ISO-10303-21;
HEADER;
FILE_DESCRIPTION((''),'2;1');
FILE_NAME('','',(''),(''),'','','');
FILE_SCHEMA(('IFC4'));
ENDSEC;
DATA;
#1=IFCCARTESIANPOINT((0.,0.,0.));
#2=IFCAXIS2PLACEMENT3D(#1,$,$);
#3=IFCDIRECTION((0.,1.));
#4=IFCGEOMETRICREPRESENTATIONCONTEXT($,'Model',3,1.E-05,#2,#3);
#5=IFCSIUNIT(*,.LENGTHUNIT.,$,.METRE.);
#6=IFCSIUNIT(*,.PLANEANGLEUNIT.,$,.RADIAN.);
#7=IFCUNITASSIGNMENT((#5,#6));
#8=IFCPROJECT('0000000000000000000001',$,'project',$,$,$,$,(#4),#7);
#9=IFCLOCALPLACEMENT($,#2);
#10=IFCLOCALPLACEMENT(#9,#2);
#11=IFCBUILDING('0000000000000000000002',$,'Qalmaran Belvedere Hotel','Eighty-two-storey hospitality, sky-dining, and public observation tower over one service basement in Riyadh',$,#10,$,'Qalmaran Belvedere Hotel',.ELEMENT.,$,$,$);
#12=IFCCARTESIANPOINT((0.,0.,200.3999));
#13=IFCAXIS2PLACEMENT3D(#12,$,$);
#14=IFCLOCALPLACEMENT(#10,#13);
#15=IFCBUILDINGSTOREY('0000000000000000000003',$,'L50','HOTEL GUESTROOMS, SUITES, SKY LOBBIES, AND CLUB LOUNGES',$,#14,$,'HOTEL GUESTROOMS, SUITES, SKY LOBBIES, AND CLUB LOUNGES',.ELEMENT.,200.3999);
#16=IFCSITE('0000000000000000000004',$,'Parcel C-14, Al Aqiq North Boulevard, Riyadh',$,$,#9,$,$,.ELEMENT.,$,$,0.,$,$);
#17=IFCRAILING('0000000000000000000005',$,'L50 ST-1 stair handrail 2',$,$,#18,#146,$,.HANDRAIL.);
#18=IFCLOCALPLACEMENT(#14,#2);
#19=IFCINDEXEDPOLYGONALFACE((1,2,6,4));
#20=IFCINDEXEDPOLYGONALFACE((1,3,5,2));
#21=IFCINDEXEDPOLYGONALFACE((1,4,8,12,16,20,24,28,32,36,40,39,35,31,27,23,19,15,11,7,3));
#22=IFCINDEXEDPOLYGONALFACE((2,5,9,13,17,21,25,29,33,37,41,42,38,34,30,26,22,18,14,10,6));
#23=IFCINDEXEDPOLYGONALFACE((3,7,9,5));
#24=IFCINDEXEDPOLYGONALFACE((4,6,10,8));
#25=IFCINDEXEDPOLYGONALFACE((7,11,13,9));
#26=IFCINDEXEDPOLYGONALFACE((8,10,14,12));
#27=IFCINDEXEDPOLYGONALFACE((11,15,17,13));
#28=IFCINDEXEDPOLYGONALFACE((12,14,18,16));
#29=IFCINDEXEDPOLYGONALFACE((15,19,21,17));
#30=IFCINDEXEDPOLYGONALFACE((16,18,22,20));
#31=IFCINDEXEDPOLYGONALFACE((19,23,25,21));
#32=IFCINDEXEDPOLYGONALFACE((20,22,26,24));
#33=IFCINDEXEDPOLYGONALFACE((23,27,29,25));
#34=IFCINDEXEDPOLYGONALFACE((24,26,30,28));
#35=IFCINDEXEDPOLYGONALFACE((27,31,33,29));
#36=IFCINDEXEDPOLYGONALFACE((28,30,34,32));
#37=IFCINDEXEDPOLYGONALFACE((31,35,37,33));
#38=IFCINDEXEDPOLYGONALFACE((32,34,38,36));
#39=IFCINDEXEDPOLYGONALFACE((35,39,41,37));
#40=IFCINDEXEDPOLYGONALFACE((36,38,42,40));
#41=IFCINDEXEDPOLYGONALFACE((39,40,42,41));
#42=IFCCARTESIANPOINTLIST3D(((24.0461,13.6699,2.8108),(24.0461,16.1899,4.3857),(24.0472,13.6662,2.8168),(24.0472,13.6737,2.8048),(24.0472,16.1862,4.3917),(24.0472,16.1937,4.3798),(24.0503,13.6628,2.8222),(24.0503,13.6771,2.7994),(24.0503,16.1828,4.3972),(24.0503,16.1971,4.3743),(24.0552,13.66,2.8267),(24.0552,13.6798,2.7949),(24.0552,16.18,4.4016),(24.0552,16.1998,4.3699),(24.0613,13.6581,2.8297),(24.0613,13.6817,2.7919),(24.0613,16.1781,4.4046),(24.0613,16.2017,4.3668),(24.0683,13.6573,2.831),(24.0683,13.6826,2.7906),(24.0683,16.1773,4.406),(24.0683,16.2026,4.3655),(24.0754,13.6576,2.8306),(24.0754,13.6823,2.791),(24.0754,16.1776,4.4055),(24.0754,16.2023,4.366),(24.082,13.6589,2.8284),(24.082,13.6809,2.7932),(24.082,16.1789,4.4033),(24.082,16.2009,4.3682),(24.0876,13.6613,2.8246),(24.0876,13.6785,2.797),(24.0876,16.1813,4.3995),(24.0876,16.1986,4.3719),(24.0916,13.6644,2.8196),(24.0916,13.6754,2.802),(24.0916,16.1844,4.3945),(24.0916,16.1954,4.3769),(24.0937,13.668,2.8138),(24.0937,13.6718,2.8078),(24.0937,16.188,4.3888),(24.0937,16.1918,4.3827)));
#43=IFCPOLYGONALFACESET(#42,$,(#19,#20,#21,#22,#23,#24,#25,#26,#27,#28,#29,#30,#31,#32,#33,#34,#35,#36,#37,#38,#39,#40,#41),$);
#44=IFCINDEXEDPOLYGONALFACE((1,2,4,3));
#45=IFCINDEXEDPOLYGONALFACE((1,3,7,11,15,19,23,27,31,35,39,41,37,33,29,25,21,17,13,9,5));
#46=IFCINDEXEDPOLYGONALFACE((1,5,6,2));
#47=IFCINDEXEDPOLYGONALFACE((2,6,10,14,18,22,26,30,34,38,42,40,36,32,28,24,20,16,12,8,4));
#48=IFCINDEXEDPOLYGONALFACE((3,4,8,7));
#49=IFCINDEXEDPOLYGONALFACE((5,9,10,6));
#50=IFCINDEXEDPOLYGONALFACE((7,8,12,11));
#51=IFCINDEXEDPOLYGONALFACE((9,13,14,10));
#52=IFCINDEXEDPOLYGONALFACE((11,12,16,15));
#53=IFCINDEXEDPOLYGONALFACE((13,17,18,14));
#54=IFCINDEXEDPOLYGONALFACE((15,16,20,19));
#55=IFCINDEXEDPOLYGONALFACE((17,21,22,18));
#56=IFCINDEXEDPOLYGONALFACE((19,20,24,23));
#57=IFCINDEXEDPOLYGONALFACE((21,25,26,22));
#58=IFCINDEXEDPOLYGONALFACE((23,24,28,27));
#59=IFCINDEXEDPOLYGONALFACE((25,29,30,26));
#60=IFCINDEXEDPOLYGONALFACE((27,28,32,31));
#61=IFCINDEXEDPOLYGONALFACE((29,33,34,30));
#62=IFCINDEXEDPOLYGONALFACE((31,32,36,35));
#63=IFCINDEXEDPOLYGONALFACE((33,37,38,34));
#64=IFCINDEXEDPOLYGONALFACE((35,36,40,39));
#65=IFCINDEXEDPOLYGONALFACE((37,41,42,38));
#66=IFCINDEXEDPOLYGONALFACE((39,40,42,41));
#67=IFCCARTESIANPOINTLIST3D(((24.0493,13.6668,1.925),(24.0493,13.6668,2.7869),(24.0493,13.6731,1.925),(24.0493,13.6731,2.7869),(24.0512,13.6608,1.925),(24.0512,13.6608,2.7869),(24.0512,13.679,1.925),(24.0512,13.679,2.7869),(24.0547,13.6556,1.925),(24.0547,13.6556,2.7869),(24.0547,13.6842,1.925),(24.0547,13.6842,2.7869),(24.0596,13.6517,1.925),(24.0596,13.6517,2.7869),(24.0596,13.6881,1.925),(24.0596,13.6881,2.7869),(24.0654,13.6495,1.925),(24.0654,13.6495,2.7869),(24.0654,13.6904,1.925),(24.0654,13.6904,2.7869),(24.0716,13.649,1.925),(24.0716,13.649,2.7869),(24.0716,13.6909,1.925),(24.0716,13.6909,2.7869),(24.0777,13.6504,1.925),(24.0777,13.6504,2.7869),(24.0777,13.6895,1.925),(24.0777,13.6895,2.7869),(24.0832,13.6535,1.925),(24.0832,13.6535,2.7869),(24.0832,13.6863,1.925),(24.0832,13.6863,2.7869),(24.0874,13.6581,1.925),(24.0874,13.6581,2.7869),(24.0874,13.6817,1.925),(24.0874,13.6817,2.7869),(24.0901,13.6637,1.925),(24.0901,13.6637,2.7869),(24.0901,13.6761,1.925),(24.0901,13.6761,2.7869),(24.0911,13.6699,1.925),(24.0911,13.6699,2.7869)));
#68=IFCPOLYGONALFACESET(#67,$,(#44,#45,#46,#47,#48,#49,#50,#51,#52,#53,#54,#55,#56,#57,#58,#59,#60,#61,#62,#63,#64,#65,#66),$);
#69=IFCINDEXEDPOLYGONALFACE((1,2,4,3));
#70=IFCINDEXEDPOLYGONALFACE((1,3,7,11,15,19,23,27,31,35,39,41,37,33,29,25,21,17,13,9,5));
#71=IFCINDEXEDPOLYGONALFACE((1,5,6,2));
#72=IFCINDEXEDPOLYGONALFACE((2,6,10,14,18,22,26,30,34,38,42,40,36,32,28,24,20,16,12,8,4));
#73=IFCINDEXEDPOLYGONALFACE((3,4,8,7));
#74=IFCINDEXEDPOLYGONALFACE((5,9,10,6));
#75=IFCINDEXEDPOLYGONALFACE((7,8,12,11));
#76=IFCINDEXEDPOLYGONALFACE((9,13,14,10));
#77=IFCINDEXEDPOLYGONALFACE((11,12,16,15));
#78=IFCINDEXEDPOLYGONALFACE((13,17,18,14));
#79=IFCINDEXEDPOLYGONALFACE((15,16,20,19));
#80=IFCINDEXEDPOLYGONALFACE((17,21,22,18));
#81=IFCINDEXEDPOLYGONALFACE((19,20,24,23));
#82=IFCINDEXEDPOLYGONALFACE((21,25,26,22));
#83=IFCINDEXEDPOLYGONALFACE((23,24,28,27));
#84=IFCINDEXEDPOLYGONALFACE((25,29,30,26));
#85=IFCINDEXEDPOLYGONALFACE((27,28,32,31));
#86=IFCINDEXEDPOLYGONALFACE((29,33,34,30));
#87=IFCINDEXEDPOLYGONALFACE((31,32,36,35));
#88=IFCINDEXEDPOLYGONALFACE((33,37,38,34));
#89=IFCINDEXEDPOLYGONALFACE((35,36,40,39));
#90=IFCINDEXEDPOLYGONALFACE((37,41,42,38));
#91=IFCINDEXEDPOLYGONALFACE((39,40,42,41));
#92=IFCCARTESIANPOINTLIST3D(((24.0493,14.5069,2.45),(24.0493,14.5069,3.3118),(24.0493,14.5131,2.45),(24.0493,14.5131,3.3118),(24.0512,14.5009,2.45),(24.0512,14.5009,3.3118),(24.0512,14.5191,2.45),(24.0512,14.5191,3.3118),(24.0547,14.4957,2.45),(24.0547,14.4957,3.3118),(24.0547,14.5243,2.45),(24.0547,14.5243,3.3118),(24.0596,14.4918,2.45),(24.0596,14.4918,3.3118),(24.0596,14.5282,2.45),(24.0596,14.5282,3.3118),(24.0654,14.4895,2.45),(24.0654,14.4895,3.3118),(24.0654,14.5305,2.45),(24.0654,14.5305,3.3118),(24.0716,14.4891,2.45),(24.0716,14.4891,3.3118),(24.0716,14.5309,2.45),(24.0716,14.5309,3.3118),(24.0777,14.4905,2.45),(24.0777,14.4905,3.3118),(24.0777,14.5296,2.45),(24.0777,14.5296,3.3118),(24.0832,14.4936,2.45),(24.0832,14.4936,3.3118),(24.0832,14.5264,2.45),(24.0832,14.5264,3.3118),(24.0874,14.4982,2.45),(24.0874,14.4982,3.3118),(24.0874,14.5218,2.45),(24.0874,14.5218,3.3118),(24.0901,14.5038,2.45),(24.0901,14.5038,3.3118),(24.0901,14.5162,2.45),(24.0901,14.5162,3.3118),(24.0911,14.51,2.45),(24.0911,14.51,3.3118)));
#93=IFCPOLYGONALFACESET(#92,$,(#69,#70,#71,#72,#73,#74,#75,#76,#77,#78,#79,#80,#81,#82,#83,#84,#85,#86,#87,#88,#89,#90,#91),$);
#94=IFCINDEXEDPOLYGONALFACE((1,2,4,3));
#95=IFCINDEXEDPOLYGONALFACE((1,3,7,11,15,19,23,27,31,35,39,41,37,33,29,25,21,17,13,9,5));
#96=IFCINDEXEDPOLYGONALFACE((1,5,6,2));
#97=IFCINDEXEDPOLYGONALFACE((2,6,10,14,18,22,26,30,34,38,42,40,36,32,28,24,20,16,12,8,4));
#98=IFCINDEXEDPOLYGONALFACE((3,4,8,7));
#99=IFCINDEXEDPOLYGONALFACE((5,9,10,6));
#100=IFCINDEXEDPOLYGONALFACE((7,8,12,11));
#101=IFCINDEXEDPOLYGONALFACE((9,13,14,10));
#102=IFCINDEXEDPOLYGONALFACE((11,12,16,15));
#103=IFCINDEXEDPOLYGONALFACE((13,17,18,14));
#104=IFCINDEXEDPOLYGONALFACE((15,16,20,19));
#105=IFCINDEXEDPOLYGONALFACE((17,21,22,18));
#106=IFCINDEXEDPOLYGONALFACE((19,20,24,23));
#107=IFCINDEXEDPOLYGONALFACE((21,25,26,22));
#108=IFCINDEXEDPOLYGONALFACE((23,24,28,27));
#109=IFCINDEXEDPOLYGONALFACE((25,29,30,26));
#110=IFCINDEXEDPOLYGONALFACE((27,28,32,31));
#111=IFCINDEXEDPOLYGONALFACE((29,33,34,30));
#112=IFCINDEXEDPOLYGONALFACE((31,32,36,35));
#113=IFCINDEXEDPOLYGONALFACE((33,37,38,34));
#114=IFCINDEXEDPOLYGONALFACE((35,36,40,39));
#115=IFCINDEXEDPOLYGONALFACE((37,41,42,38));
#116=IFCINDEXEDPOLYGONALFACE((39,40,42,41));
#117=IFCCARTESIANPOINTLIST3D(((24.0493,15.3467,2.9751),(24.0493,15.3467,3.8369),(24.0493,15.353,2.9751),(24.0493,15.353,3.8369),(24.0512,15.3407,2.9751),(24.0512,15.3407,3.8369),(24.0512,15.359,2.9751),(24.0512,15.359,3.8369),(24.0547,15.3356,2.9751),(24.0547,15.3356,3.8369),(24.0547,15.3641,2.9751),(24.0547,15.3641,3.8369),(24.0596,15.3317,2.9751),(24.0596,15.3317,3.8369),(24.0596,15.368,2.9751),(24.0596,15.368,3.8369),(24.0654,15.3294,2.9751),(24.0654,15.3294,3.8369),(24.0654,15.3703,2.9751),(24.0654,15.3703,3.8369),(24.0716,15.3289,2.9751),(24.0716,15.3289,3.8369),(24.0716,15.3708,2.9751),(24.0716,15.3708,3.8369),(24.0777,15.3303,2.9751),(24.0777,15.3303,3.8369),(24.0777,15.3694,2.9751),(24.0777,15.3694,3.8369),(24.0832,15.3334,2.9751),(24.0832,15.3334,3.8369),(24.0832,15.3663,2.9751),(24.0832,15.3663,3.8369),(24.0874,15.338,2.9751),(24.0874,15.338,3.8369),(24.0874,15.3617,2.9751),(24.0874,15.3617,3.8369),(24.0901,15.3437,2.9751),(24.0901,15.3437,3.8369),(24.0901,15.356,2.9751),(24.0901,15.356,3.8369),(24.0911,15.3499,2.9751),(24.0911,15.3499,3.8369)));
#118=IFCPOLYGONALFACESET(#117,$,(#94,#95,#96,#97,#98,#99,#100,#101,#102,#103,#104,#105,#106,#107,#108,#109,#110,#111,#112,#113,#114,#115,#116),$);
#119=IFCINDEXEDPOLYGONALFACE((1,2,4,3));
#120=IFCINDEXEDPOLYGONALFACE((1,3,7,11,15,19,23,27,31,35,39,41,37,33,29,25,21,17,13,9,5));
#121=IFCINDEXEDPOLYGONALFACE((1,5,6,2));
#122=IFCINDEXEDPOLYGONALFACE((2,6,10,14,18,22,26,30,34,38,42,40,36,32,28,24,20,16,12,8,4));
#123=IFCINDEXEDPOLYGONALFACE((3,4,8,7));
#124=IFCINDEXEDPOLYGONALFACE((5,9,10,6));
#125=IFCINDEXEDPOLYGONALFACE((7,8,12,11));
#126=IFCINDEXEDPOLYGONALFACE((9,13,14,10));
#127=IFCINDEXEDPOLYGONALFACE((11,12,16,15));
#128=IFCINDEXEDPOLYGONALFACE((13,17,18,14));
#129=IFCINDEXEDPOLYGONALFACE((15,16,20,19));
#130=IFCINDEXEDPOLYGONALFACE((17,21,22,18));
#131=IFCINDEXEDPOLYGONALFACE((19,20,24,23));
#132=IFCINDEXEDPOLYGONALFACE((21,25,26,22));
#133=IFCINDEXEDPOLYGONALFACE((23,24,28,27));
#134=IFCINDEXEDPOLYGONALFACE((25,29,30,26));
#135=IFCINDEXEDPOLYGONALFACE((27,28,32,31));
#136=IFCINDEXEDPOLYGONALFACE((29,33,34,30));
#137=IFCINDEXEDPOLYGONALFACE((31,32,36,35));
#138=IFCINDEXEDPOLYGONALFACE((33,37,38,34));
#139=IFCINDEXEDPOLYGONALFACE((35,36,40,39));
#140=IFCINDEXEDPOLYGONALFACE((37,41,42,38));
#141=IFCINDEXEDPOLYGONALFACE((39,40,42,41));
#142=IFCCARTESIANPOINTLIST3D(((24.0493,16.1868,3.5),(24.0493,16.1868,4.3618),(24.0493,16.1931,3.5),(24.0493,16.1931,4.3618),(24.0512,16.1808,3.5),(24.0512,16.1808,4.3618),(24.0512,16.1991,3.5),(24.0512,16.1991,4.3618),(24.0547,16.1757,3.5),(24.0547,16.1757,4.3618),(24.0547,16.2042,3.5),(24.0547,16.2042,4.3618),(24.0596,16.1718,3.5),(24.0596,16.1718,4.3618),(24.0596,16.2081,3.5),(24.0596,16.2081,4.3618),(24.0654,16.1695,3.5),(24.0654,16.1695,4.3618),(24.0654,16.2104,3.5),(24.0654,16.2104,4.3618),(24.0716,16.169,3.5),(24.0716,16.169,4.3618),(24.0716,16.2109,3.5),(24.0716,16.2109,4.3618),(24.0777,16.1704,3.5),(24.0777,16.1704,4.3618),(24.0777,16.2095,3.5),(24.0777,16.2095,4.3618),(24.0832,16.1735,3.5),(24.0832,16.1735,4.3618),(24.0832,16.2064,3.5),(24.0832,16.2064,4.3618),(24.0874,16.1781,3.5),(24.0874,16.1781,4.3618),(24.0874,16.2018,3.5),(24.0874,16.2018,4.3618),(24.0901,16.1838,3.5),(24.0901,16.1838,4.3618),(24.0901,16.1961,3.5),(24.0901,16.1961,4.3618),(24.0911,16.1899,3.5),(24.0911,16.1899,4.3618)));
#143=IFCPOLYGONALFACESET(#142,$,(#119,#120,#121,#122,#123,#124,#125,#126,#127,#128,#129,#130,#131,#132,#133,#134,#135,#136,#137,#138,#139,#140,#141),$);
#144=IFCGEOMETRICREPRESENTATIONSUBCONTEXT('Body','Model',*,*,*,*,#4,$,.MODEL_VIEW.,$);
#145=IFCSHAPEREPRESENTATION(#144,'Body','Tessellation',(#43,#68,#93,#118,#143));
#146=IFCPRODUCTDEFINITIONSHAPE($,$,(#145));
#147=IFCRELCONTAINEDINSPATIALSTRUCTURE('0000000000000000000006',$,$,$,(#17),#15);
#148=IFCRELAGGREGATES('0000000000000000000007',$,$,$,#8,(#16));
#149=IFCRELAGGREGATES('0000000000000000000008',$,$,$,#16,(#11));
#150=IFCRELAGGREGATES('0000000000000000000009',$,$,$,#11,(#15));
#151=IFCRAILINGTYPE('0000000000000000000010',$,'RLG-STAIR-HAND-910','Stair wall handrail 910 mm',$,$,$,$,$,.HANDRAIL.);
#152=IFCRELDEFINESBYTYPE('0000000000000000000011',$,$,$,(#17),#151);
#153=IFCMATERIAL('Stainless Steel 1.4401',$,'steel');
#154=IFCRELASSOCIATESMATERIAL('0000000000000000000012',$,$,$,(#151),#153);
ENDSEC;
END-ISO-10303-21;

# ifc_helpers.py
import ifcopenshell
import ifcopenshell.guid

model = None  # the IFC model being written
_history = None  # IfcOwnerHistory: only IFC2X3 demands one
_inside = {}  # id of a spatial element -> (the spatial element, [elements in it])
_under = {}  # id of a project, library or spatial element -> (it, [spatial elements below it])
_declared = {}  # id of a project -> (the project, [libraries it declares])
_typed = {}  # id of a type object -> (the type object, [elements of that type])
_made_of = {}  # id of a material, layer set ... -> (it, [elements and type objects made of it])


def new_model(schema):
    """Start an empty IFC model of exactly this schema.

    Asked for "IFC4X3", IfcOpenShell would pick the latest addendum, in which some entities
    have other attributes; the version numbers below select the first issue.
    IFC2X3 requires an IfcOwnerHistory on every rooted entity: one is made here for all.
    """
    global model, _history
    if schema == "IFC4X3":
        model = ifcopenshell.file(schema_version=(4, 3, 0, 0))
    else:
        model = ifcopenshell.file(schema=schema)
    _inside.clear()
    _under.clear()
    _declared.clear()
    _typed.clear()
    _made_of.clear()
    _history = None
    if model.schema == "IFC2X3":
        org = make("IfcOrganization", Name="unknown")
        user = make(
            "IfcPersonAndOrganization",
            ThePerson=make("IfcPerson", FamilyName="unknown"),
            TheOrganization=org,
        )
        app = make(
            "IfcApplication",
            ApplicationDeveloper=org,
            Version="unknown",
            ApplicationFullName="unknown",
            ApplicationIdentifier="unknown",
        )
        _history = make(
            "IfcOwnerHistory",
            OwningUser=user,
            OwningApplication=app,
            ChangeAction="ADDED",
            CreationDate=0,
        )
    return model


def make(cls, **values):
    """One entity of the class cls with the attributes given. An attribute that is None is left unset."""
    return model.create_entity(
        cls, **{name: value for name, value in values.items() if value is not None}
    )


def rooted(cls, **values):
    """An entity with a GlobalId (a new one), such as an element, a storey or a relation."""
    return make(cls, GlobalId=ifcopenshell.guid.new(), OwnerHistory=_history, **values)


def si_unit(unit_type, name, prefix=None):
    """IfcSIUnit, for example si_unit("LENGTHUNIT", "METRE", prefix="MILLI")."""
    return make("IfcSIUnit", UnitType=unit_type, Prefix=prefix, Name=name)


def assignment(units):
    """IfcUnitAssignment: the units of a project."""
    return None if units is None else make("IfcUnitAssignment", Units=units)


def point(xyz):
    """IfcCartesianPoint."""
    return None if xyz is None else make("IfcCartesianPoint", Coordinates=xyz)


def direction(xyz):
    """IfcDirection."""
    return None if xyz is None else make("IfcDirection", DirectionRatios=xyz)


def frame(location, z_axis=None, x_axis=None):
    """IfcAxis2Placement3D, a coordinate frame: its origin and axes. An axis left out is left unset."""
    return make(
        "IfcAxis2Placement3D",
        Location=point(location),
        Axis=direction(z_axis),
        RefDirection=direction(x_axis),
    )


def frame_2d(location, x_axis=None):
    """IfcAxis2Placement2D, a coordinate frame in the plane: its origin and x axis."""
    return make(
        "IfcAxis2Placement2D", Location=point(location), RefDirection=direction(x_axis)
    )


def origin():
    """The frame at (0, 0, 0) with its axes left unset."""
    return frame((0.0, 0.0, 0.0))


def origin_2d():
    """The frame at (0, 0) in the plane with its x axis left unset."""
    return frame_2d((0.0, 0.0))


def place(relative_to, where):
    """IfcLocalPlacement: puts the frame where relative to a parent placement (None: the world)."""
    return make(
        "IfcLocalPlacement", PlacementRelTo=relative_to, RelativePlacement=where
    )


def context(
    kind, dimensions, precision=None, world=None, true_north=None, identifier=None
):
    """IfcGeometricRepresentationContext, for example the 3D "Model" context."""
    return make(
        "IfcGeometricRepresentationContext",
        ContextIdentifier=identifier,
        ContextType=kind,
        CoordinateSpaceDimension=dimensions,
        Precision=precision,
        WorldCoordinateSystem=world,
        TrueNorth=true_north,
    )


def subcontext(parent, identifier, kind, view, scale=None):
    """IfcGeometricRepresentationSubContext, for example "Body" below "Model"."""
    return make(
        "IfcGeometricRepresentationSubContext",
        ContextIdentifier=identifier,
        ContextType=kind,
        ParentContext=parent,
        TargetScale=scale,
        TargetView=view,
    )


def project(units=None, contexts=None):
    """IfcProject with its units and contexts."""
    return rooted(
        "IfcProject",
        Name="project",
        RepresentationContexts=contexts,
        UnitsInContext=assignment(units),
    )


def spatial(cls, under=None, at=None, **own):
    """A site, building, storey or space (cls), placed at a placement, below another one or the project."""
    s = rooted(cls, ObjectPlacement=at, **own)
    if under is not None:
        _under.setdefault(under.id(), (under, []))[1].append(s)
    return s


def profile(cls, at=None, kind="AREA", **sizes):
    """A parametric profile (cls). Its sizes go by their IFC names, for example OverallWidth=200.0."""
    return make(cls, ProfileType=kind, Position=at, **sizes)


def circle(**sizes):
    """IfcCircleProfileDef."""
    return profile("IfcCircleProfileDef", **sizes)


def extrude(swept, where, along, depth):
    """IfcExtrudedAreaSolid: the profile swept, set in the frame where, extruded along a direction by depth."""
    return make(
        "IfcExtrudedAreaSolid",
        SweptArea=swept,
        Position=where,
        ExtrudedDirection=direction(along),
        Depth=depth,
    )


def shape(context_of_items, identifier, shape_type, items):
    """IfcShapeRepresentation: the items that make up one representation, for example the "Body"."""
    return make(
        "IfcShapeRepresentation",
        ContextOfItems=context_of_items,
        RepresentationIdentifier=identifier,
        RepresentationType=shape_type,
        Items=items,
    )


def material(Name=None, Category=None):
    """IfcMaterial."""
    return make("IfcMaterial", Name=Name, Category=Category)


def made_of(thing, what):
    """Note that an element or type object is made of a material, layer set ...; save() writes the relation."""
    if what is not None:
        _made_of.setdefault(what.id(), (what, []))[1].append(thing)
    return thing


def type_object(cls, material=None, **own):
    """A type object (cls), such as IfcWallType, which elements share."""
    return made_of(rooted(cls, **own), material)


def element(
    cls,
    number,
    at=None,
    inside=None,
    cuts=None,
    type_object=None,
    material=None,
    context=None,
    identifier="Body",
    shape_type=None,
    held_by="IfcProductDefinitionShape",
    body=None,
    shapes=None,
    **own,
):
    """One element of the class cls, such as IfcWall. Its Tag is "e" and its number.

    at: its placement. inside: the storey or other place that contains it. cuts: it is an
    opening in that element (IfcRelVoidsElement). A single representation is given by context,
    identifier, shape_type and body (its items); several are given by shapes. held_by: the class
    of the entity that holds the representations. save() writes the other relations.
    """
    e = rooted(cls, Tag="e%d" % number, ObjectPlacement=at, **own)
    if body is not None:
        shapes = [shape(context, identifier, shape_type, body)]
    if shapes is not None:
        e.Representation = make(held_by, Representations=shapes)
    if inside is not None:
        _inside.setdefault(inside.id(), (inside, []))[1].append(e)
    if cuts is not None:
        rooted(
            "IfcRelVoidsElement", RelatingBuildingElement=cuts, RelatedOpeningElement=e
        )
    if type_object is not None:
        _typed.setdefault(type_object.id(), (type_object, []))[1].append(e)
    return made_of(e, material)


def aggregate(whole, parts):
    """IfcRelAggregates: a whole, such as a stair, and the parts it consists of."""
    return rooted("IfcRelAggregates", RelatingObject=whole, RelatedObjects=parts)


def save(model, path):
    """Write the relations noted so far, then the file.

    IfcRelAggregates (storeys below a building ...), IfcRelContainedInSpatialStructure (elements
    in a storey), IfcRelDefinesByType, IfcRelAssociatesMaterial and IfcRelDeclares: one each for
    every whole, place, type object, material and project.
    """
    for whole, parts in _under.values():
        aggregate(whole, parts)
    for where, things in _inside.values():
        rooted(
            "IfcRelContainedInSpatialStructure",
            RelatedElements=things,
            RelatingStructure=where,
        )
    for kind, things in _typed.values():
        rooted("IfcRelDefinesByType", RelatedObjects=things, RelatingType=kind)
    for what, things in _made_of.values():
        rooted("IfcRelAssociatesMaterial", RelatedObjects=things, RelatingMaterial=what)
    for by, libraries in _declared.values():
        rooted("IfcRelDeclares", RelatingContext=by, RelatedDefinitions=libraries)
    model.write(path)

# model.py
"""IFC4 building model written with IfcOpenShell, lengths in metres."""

from ifc_helpers import new_model, si_unit, direction, frame, origin, origin_2d, place, context, subcontext, project, spatial, circle, extrude, material, type_object, element, save


model = new_model("IFC4")

# Units and contexts
model_context = context("Model", 3, precision=1e-05, world=origin(), true_north=direction((0.0, 1.0)))
body_context = subcontext(model_context, "Body", "Model", "MODEL_VIEW")
ifc_project = project(units=[si_unit("LENGTHUNIT", "METRE"), si_unit("PLANEANGLEUNIT", "RADIAN")], contexts=[model_context])

# Site, building, storey
site_placement = place(None, origin())
site = spatial("IfcSite", under=ifc_project, at=site_placement, Name="Parcel C-14, Al Aqiq North Boulevard, Riyadh", CompositionType="ELEMENT", RefElevation=0.0)
building_placement = place(site_placement, origin())
building = spatial("IfcBuilding", under=site, at=building_placement, Name="Qalmaran Belvedere Hotel", Description="Eighty-two-storey hospitality, sky-dining, and public observation tower over one service basement in Riyadh", LongName="Qalmaran Belvedere Hotel", CompositionType="ELEMENT")
storey_placement = place(building_placement, frame((0.0, 0.0, 200.3999)))
storey = spatial("IfcBuildingStorey", under=building, at=storey_placement, Name="L50", Description="HOTEL GUESTROOMS, SUITES, SKY LOBBIES, AND CLUB LOUNGES", LongName="HOTEL GUESTROOMS, SUITES, SKY LOBBIES, AND CLUB LOUNGES", CompositionType="ELEMENT", Elevation=200.3999)

# Shared definitions
ifc_material_1 = material(Name="Stainless Steel 1.4401", Category="steel")

# Railing
railing_type_1 = type_object("IfcRailingType", Name="RLG-STAIR-HAND-910", Description="Stair wall handrail 910 mm", PredefinedType="HANDRAIL", material=ifc_material_1)
railing_1_placement = place(storey_placement, frame((24.0701, 13.6699, 1.925)))
element("IfcRailing", 1, at=railing_1_placement, inside=storey, type_object=railing_type_1, Name="L50 ST-1 stair handrail 2", PredefinedType="HANDRAIL", context=body_context, shape_type="SweptSolid", body=[
    extrude(circle(Radius=0.0239, at=origin_2d()), frame((0.0, 0.0, 0.8857), z_axis=(0.0, 0.848008, 0.529984), x_axis=(-1.0, 0.0, 0.0)), (0.0, 0.0, 1.0), 2.9717),
    extrude(circle(Radius=0.021, at=origin_2d()), origin(), (0.0, 0.0, 1.0), 0.8618),
    extrude(circle(Radius=0.021, at=origin_2d()), frame((0.0, 0.8401, 0.5249)), (0.0, 0.0, 1.0), 0.8618),
    extrude(circle(Radius=0.021, at=origin_2d()), frame((0.0, 1.6799, 1.05)), (0.0, 0.0, 1.0), 0.8618),
    extrude(circle(Radius=0.021, at=origin_2d()), frame((0.0, 2.52, 1.575)), (0.0, 0.0, 1.0), 0.8618),
])

save(model, "model.ifc")
